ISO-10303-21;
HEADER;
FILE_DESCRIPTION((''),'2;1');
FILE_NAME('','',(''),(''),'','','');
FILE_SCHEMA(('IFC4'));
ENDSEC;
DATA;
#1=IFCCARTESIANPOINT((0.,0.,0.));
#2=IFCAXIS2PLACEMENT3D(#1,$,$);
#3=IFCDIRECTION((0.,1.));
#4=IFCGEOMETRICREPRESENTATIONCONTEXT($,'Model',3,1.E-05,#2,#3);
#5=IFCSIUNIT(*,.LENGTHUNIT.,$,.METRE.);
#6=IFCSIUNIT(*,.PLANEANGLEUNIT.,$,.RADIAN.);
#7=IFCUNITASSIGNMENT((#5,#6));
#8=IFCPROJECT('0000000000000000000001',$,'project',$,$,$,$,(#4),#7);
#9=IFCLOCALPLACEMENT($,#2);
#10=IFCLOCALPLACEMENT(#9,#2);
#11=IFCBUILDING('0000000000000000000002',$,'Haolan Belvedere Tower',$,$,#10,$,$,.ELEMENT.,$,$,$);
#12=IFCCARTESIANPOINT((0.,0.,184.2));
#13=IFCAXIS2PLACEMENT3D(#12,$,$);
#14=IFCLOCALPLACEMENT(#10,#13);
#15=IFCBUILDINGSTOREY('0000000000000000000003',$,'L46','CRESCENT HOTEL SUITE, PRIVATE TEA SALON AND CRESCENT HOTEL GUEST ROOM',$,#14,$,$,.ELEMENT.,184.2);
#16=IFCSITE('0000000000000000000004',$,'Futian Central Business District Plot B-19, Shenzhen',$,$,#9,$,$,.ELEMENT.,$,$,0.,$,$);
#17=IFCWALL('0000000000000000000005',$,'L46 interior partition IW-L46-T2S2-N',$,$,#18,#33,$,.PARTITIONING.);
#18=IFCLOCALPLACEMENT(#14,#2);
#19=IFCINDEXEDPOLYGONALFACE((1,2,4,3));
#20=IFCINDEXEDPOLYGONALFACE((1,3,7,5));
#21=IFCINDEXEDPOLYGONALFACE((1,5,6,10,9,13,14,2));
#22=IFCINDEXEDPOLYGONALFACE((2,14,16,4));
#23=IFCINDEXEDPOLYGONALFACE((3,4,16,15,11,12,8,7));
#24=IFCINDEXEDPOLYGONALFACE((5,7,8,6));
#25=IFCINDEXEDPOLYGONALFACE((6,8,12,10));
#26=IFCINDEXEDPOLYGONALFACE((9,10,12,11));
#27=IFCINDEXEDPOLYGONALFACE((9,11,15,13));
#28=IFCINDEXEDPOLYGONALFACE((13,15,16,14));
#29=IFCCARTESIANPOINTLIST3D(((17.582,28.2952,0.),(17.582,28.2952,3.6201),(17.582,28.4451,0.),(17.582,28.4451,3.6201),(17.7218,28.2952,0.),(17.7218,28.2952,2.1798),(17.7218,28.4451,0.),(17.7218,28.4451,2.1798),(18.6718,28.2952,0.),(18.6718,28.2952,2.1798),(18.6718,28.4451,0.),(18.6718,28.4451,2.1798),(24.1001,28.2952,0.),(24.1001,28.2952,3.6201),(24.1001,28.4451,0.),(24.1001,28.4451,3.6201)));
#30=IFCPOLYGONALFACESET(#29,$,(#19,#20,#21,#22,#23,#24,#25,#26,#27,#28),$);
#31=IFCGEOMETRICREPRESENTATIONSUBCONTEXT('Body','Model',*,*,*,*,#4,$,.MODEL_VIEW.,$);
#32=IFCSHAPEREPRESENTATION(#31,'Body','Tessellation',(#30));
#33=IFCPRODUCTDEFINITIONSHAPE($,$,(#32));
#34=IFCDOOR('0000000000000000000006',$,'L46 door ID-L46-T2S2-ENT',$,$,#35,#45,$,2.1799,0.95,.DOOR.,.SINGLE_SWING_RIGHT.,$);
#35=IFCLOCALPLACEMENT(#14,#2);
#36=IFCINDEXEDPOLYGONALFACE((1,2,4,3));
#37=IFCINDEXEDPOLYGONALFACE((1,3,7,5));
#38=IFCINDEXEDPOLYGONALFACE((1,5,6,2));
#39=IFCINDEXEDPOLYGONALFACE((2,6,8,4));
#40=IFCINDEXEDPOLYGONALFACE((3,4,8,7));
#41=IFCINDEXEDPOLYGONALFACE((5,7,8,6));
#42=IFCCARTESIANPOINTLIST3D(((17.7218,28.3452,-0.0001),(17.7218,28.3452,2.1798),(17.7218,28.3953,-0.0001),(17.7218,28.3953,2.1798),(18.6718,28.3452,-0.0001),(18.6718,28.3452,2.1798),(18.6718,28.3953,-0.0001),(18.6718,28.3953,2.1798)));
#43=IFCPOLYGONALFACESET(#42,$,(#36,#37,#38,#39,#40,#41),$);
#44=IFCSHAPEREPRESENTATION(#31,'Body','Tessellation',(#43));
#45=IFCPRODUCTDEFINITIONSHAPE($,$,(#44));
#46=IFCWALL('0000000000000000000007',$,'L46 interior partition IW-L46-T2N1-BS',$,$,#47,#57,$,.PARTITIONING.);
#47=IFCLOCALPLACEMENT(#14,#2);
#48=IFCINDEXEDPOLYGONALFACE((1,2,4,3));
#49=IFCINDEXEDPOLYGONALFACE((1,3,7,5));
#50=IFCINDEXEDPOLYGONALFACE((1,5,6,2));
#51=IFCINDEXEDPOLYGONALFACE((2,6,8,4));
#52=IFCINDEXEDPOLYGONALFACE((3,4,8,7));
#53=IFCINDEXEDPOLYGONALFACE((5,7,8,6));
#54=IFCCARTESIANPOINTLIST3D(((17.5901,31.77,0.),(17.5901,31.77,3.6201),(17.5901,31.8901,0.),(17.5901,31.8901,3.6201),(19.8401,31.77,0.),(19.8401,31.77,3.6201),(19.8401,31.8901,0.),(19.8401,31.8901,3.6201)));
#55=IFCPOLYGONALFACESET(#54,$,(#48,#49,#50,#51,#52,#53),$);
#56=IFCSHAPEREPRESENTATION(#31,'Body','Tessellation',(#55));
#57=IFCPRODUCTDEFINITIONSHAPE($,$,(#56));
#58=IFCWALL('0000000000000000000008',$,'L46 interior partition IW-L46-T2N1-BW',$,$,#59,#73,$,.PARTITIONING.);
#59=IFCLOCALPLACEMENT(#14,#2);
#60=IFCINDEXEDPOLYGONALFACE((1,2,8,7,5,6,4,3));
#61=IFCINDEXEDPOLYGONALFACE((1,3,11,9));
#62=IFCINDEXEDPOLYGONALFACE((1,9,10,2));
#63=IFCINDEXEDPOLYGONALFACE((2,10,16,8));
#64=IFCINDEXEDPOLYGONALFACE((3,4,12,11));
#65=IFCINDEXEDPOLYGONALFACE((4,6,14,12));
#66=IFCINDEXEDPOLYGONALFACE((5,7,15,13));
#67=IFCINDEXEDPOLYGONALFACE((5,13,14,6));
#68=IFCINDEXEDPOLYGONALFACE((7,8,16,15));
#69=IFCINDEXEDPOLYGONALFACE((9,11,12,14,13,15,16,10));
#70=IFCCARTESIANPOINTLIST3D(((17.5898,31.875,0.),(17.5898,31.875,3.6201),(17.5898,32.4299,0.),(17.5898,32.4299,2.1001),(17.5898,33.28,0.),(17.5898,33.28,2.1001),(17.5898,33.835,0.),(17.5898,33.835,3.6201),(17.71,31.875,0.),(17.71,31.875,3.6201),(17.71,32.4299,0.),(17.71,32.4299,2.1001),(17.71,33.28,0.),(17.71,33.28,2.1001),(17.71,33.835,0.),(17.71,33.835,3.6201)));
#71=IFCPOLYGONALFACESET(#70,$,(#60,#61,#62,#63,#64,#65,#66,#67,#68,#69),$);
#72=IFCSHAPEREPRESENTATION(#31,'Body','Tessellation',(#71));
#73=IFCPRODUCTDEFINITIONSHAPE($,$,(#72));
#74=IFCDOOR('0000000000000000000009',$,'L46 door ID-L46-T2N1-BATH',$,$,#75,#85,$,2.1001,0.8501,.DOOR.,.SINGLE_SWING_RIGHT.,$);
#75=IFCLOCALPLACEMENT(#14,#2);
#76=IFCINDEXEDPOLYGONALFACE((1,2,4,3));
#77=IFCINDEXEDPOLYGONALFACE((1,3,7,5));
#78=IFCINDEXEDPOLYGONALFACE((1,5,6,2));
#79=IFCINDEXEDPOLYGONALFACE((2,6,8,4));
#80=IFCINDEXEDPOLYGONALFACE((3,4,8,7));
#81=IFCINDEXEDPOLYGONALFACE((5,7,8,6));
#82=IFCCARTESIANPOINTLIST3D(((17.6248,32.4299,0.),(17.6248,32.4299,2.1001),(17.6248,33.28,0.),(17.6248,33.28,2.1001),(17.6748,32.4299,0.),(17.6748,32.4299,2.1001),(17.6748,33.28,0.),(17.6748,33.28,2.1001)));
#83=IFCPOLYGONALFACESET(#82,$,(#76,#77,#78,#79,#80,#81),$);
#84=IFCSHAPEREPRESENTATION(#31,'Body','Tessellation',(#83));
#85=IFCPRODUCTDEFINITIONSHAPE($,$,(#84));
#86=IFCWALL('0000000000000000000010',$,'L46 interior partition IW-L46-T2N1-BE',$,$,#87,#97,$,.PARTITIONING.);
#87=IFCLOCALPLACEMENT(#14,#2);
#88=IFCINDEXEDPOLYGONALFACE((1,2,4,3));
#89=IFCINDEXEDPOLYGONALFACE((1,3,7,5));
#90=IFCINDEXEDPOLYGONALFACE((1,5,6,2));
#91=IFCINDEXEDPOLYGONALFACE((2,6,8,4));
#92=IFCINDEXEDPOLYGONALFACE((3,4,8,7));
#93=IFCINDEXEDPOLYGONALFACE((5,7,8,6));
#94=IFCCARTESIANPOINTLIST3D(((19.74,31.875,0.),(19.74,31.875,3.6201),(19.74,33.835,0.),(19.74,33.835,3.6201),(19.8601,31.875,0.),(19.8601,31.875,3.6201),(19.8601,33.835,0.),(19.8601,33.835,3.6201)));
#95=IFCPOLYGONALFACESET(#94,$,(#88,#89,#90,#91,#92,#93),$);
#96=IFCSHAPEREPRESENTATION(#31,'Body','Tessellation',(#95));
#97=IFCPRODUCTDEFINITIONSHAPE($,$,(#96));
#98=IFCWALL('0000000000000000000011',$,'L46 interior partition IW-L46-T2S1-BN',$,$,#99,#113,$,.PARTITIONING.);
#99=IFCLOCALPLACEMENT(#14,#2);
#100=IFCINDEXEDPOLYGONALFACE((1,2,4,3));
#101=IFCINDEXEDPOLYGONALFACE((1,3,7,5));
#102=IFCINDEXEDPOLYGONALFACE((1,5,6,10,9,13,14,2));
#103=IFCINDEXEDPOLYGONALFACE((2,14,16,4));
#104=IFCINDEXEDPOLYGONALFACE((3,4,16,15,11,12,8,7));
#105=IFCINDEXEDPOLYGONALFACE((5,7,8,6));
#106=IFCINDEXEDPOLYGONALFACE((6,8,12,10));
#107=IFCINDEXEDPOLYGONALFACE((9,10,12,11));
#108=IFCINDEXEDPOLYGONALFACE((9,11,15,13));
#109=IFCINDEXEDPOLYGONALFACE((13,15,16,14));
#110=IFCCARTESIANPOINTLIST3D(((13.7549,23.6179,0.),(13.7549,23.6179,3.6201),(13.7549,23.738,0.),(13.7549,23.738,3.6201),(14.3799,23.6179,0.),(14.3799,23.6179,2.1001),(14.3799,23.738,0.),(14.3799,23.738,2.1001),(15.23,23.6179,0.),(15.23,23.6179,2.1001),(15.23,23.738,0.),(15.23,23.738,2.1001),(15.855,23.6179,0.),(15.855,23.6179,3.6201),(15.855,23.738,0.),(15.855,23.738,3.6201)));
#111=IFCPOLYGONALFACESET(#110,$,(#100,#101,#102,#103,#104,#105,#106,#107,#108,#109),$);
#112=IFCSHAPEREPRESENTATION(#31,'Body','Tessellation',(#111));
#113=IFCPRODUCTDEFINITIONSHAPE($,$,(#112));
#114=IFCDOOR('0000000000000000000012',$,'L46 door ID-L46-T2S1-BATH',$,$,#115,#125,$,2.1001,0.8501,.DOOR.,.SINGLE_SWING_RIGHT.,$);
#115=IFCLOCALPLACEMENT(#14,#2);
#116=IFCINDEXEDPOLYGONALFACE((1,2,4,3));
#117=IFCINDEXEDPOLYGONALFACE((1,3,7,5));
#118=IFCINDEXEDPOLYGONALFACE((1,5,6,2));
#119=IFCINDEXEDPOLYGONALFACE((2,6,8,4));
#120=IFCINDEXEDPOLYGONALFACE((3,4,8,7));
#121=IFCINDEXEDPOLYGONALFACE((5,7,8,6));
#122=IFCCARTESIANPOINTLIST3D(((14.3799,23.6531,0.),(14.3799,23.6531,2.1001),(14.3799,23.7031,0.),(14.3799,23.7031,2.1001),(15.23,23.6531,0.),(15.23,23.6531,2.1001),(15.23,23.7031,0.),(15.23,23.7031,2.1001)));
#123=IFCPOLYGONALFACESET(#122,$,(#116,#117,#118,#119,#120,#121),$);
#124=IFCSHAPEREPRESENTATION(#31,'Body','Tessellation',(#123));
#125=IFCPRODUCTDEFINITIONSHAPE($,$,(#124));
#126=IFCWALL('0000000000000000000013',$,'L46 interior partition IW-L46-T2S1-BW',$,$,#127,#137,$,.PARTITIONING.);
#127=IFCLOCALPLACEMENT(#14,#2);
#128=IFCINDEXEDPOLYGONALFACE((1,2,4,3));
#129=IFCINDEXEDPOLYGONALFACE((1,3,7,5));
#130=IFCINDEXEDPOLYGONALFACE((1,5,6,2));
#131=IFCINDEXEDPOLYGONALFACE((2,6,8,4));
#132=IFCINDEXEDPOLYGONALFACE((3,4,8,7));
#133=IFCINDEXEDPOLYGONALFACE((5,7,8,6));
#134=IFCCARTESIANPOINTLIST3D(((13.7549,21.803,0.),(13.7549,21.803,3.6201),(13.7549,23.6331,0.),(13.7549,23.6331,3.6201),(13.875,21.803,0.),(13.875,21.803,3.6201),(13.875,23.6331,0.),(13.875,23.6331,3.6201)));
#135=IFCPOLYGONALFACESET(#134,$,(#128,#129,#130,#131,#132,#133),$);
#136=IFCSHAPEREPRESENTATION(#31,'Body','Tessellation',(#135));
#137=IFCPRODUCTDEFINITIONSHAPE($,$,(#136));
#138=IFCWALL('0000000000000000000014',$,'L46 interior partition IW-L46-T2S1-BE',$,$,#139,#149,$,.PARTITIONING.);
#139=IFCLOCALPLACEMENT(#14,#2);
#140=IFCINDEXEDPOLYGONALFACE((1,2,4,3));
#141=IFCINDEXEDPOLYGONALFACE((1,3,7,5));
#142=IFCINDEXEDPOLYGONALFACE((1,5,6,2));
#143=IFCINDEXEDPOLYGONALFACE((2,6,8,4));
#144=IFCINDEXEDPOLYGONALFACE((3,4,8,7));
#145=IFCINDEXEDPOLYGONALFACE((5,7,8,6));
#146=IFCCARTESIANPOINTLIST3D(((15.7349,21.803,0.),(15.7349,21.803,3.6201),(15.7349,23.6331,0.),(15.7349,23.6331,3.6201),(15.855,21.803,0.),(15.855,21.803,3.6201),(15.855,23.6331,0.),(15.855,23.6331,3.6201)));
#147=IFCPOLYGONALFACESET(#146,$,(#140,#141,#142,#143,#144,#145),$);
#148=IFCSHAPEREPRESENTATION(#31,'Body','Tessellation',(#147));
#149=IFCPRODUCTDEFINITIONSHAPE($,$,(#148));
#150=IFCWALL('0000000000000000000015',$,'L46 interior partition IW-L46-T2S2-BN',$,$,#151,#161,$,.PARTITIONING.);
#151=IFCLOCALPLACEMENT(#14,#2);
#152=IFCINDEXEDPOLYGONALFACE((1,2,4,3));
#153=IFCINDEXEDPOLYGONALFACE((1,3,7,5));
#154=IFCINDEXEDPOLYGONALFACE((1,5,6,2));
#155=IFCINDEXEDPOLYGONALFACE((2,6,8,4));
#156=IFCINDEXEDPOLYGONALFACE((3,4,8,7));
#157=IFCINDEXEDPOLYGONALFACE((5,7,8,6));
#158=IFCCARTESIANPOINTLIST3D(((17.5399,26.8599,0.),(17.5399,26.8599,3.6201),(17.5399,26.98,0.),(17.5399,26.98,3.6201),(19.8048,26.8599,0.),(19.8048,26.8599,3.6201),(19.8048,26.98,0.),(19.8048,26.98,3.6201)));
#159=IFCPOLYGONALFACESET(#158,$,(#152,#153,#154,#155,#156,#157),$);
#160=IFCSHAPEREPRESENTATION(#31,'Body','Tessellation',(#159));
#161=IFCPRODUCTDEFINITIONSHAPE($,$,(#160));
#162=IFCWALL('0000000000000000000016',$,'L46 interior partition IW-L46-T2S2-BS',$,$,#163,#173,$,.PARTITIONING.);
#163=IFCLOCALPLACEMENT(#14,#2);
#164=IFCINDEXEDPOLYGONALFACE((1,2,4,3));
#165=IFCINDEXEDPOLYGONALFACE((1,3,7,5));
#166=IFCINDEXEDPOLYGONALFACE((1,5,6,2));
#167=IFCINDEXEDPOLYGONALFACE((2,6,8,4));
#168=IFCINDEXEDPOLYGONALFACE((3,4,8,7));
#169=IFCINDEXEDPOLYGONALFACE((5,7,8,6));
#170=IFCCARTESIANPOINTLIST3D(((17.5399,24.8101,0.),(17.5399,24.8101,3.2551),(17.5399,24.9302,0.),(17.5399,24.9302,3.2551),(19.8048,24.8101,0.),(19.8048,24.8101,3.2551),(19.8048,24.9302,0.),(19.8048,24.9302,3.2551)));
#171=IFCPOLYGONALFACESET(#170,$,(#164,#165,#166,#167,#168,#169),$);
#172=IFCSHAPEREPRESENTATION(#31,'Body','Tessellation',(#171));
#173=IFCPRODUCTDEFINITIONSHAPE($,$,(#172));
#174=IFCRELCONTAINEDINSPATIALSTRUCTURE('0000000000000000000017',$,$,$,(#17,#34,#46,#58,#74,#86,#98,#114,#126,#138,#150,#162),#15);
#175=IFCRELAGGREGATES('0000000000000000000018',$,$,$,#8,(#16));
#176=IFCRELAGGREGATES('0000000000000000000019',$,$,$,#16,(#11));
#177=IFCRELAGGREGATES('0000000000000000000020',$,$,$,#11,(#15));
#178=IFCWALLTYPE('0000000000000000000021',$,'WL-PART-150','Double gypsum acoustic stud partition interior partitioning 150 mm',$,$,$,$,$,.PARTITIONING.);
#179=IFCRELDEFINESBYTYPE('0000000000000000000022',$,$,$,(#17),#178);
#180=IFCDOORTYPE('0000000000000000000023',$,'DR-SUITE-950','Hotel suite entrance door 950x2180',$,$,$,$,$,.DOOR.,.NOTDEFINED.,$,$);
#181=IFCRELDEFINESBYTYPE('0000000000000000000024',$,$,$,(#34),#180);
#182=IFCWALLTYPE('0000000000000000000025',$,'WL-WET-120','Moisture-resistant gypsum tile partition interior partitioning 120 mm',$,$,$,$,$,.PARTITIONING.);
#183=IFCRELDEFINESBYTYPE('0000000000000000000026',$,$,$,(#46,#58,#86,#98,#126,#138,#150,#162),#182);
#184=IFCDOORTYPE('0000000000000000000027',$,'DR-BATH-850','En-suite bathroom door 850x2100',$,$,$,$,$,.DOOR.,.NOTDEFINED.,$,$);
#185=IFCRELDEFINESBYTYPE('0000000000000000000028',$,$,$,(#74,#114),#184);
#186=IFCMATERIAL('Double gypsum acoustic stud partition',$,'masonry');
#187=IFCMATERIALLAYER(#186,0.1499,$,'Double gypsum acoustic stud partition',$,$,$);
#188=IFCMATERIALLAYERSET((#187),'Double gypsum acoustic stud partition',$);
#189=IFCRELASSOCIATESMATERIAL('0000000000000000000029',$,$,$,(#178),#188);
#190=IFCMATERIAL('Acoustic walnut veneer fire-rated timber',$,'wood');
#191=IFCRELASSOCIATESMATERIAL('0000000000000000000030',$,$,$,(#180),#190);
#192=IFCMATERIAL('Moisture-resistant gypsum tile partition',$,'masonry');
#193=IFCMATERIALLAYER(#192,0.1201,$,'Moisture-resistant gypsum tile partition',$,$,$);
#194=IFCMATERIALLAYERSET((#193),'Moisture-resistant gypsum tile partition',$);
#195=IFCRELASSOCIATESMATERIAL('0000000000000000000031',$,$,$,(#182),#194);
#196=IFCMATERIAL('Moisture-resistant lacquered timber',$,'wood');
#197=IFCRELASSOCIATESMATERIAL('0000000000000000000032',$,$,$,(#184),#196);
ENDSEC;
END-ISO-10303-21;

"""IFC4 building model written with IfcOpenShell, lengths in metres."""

from ifc_helpers import new_model, si_unit, direction, frame, frame_2d, origin, place, context, subcontext, project, spatial, rectangle, extrude, material, layer, layer_set, type_object, element, fill, save


model = new_model("IFC4")

# Units and contexts
model_context = context("Model", 3, precision=1e-05, world=origin(), true_north=direction((0.0, 1.0)))
body_context = subcontext(model_context, "Body", "Model", "MODEL_VIEW")
ifc_project = project(units=[si_unit("LENGTHUNIT", "METRE"), si_unit("PLANEANGLEUNIT", "RADIAN")], contexts=[model_context])

# Site, building, storey
site_placement = place(None, origin())
site = spatial("IfcSite", under=ifc_project, at=site_placement, Name="Futian Central Business District Plot B-19, Shenzhen", CompositionType="ELEMENT", RefElevation=0.0)
building_placement = place(site_placement, origin())
building = spatial("IfcBuilding", under=site, at=building_placement, Name="Haolan Belvedere Tower", CompositionType="ELEMENT")
storey_placement = place(building_placement, frame((0.0, 0.0, 184.2)))
storey = spatial("IfcBuildingStorey", under=building, at=storey_placement, Name="L46", Description="CRESCENT HOTEL SUITE, PRIVATE TEA SALON AND CRESCENT HOTEL GUEST ROOM", CompositionType="ELEMENT", Elevation=184.2)

# Wall, opening, door
ifc_material_1 = material(Name="Double gypsum acoustic stud partition", Category="masonry")
ifc_layer_1 = layer(ifc_material_1, 0.1499, Name="Double gypsum acoustic stud partition")
ifc_layer_set_1 = layer_set([ifc_layer_1], Name="Double gypsum acoustic stud partition")
wall_type_1 = type_object("IfcWallType", Name="WL-PART-150", Description="Double gypsum acoustic stud partition interior partitioning 150 mm", PredefinedType="PARTITIONING", material=ifc_layer_set_1)
ifc_material_2 = material(Name="Acoustic walnut veneer fire-rated timber", Category="wood")
door_type_1 = type_object("IfcDoorType", Name="DR-SUITE-950", Description="Hotel suite entrance door 950x2180", OperationType="NOTDEFINED", PredefinedType="DOOR", material=ifc_material_2)
wall_1_placement = place(storey_placement, frame((17.582, 28.3701, 0.0), z_axis=(0.0, 0.0, 1.0), x_axis=(1.0, 0.0, 0.0)))
wall_1 = element("IfcWall", 1, at=wall_1_placement, inside=storey, type_object=wall_type_1, Name="L46 interior partition IW-L46-T2S2-N", PredefinedType="PARTITIONING", context=body_context, shape_type="SweptSolid", body=[
    extrude(rectangle(XDim=6.5181, YDim=0.1499, at=frame_2d((3.259, 0.0))), origin(), (0.0, 0.0, 1.0), 3.6201),
])
opening_1_placement = place(wall_1_placement, frame((1.0898, 0.0, 0.0), z_axis=(0.0, 0.0, 1.0), x_axis=(-1.0, 0.0, 0.0)))
opening_1 = element("IfcOpeningElement", 2, at=opening_1_placement, cuts=wall_1, PredefinedType="OPENING", context=body_context, shape_type="SweptSolid", body=[
    extrude(rectangle(XDim=0.95, YDim=2.1799, at=frame_2d((0.4751, 1.0898))), frame((0.0, 0.085, 0.0), z_axis=(0.0, -1.0, 0.0), x_axis=(1.0, 0.0, 0.0)), (0.0, 0.0, 1.0), 0.1699),
])
door_1_placement = place(opening_1_placement, origin())
door_1 = element("IfcDoor", 3, at=door_1_placement, inside=storey, type_object=door_type_1, Name="L46 door ID-L46-T2S2-ENT", OperationType="SINGLE_SWING_RIGHT", OverallHeight=2.1799, OverallWidth=0.95, PredefinedType="DOOR", context=body_context, shape_type="SweptSolid", body=[
    extrude(rectangle(XDim=0.95, YDim=2.1799, at=frame_2d((0.4751, 1.0898))), frame((0.0, 0.0249, 0.0), z_axis=(0.0, -1.0, 0.0), x_axis=(1.0, 0.0, 0.0)), (0.0, 0.0, 1.0), 0.05),
])
fill(opening_1, door_1)

# Wall
ifc_material_3 = material(Name="Moisture-resistant gypsum tile partition", Category="masonry")
ifc_layer_2 = layer(ifc_material_3, 0.1201, Name="Moisture-resistant gypsum tile partition")
ifc_layer_set_2 = layer_set([ifc_layer_2], Name="Moisture-resistant gypsum tile partition")
wall_type_2 = type_object("IfcWallType", Name="WL-WET-120", Description="Moisture-resistant gypsum tile partition interior partitioning 120 mm", PredefinedType="PARTITIONING", material=ifc_layer_set_2)
wall_2_placement = place(storey_placement, frame((17.5901, 31.8301, 0.0), z_axis=(0.0, 0.0, 1.0), x_axis=(1.0, 0.0, 0.0)))
element("IfcWall", 4, at=wall_2_placement, inside=storey, type_object=wall_type_2, Name="L46 interior partition IW-L46-T2N1-BS", PredefinedType="PARTITIONING", context=body_context, shape_type="SweptSolid", body=[
    extrude(rectangle(XDim=2.25, YDim=0.1201, at=frame_2d((1.125, 0.0))), origin(), (0.0, 0.0, 1.0), 3.6201),
])

# Wall, opening, door
wall_3_placement = place(storey_placement, frame((17.6499, 31.875, 0.0), z_axis=(0.0, 0.0, 1.0), x_axis=(0.0, 1.0, 0.0)))
wall_3 = element("IfcWall", 5, at=wall_3_placement, inside=storey, type_object=wall_type_2, Name="L46 interior partition IW-L46-T2N1-BW", PredefinedType="PARTITIONING", context=body_context, shape_type="SweptSolid", body=[
    extrude(rectangle(XDim=1.96, YDim=0.1201, at=frame_2d((0.98, 0.0))), origin(), (0.0, 0.0, 1.0), 3.6201),
])
opening_2_placement = place(wall_3_placement, frame((1.405, 0.0, 0.0), z_axis=(0.0, 0.0, 1.0), x_axis=(-1.0, 0.0, 0.0)))
opening_2 = element("IfcOpeningElement", 6, at=opening_2_placement, cuts=wall_3, PredefinedType="OPENING", context=body_context, shape_type="SweptSolid", body=[
    extrude(rectangle(XDim=0.8501, YDim=2.1001, at=frame_2d((0.425, 1.05))), frame((0.0, 0.0701, 0.0), z_axis=(0.0, -1.0, 0.0), x_axis=(1.0, 0.0, 0.0)), (0.0, 0.0, 1.0), 0.1401),
])
ifc_material_4 = material(Name="Moisture-resistant lacquered timber", Category="wood")
door_type_2 = type_object("IfcDoorType", Name="DR-BATH-850", Description="En-suite bathroom door 850x2100", OperationType="NOTDEFINED", PredefinedType="DOOR", material=ifc_material_4)
door_2_placement = place(opening_2_placement, origin())
door_2 = element("IfcDoor", 7, at=door_2_placement, inside=storey, type_object=door_type_2, Name="L46 door ID-L46-T2N1-BATH", OperationType="SINGLE_SWING_RIGHT", OverallHeight=2.1001, OverallWidth=0.8501, PredefinedType="DOOR", context=body_context, shape_type="SweptSolid", body=[
    extrude(rectangle(XDim=0.8501, YDim=2.1001, at=frame_2d((0.425, 1.05))), frame((0.0, 0.0249, 0.0), z_axis=(0.0, -1.0, 0.0), x_axis=(1.0, 0.0, 0.0)), (0.0, 0.0, 1.0), 0.05),
])
fill(opening_2, door_2)

# Wall
wall_4_placement = place(storey_placement, frame((19.8, 31.875, 0.0), z_axis=(0.0, 0.0, 1.0), x_axis=(0.0, 1.0, 0.0)))
element("IfcWall", 8, at=wall_4_placement, inside=storey, type_object=wall_type_2, Name="L46 interior partition IW-L46-T2N1-BE", PredefinedType="PARTITIONING", context=body_context, shape_type="SweptSolid", body=[
    extrude(rectangle(XDim=1.96, YDim=0.1201, at=frame_2d((0.98, 0.0))), origin(), (0.0, 0.0, 1.0), 3.6201),
])

# Wall, opening, door
wall_5_placement = place(storey_placement, frame((13.7549, 23.678, 0.0), z_axis=(0.0, 0.0, 1.0), x_axis=(1.0, 0.0, 0.0)))
wall_5 = element("IfcWall", 9, at=wall_5_placement, inside=storey, type_object=wall_type_2, Name="L46 interior partition IW-L46-T2S1-BN", PredefinedType="PARTITIONING", context=body_context, shape_type="SweptSolid", body=[
    extrude(rectangle(XDim=2.1001, YDim=0.1201, at=frame_2d((1.05, 0.0))), origin(), (0.0, 0.0, 1.0), 3.6201),
])
opening_3_placement = place(wall_5_placement, frame((1.4751, 0.0, 0.0), z_axis=(0.0, 0.0, 1.0), x_axis=(-1.0, 0.0, 0.0)))
opening_3 = element("IfcOpeningElement", 10, at=opening_3_placement, cuts=wall_5, PredefinedType="OPENING", context=body_context, shape_type="SweptSolid", body=[
    extrude(rectangle(XDim=0.8501, YDim=2.1001, at=frame_2d((0.425, 1.05))), frame((0.0, 0.0701, 0.0), z_axis=(0.0, -1.0, 0.0), x_axis=(1.0, 0.0, 0.0)), (0.0, 0.0, 1.0), 0.1401),
])
door_3_placement = place(opening_3_placement, origin())
door_3 = element("IfcDoor", 11, at=door_3_placement, inside=storey, type_object=door_type_2, Name="L46 door ID-L46-T2S1-BATH", OperationType="SINGLE_SWING_RIGHT", OverallHeight=2.1001, OverallWidth=0.8501, PredefinedType="DOOR", context=body_context, shape_type="SweptSolid", body=[
    extrude(rectangle(XDim=0.8501, YDim=2.1001, at=frame_2d((0.425, 1.05))), frame((0.0, 0.0249, 0.0), z_axis=(0.0, -1.0, 0.0), x_axis=(1.0, 0.0, 0.0)), (0.0, 0.0, 1.0), 0.05),
])
fill(opening_3, door_3)

# Walls
for number, where, z_axis, x_axis, name in (
    (12, (13.8149, 21.803, 0.0), (0.0, 0.0, 1.0), (0.0, 1.0, 0.0), "L46 interior partition IW-L46-T2S1-BW"),
    (13, (15.7949, 21.803, 0.0), (0.0, 0.0, 1.0), (0.0, 1.0, 0.0), "L46 interior partition IW-L46-T2S1-BE"),
):
    element("IfcWall", number, at=place(storey_placement, frame(where, z_axis=z_axis, x_axis=x_axis)), inside=storey, type_object=wall_type_2, Name=name, PredefinedType="PARTITIONING", context=body_context, shape_type="SweptSolid", body=[
        extrude(rectangle(XDim=1.8301, YDim=0.1201, at=frame_2d((0.915, 0.0))), origin(), (0.0, 0.0, 1.0), 3.6201),
    ])
wall_6_placement = place(storey_placement, frame((17.54, 26.9199, 0.0), z_axis=(0.0, 0.0, 1.0), x_axis=(1.0, 0.0, 0.0)))
element("IfcWall", 14, at=wall_6_placement, inside=storey, type_object=wall_type_2, Name="L46 interior partition IW-L46-T2S2-BN", PredefinedType="PARTITIONING", context=body_context, shape_type="SweptSolid", body=[
    extrude(rectangle(XDim=2.2649, YDim=0.1201, at=frame_2d((1.1323, 0.0))), origin(), (0.0, 0.0, 1.0), 3.6201),
])
wall_7_placement = place(storey_placement, frame((17.54, 24.8701, 0.0), z_axis=(0.0, 0.0, 1.0), x_axis=(1.0, 0.0, 0.0)))
element("IfcWall", 15, at=wall_7_placement, inside=storey, type_object=wall_type_2, Name="L46 interior partition IW-L46-T2S2-BS", PredefinedType="PARTITIONING", context=body_context, shape_type="SweptSolid", body=[
    extrude(rectangle(XDim=2.2649, YDim=0.1201, at=frame_2d((1.1323, 0.0))), origin(), (0.0, 0.0, 1.0), 3.2551),
])

save(model, "model.ifc")
